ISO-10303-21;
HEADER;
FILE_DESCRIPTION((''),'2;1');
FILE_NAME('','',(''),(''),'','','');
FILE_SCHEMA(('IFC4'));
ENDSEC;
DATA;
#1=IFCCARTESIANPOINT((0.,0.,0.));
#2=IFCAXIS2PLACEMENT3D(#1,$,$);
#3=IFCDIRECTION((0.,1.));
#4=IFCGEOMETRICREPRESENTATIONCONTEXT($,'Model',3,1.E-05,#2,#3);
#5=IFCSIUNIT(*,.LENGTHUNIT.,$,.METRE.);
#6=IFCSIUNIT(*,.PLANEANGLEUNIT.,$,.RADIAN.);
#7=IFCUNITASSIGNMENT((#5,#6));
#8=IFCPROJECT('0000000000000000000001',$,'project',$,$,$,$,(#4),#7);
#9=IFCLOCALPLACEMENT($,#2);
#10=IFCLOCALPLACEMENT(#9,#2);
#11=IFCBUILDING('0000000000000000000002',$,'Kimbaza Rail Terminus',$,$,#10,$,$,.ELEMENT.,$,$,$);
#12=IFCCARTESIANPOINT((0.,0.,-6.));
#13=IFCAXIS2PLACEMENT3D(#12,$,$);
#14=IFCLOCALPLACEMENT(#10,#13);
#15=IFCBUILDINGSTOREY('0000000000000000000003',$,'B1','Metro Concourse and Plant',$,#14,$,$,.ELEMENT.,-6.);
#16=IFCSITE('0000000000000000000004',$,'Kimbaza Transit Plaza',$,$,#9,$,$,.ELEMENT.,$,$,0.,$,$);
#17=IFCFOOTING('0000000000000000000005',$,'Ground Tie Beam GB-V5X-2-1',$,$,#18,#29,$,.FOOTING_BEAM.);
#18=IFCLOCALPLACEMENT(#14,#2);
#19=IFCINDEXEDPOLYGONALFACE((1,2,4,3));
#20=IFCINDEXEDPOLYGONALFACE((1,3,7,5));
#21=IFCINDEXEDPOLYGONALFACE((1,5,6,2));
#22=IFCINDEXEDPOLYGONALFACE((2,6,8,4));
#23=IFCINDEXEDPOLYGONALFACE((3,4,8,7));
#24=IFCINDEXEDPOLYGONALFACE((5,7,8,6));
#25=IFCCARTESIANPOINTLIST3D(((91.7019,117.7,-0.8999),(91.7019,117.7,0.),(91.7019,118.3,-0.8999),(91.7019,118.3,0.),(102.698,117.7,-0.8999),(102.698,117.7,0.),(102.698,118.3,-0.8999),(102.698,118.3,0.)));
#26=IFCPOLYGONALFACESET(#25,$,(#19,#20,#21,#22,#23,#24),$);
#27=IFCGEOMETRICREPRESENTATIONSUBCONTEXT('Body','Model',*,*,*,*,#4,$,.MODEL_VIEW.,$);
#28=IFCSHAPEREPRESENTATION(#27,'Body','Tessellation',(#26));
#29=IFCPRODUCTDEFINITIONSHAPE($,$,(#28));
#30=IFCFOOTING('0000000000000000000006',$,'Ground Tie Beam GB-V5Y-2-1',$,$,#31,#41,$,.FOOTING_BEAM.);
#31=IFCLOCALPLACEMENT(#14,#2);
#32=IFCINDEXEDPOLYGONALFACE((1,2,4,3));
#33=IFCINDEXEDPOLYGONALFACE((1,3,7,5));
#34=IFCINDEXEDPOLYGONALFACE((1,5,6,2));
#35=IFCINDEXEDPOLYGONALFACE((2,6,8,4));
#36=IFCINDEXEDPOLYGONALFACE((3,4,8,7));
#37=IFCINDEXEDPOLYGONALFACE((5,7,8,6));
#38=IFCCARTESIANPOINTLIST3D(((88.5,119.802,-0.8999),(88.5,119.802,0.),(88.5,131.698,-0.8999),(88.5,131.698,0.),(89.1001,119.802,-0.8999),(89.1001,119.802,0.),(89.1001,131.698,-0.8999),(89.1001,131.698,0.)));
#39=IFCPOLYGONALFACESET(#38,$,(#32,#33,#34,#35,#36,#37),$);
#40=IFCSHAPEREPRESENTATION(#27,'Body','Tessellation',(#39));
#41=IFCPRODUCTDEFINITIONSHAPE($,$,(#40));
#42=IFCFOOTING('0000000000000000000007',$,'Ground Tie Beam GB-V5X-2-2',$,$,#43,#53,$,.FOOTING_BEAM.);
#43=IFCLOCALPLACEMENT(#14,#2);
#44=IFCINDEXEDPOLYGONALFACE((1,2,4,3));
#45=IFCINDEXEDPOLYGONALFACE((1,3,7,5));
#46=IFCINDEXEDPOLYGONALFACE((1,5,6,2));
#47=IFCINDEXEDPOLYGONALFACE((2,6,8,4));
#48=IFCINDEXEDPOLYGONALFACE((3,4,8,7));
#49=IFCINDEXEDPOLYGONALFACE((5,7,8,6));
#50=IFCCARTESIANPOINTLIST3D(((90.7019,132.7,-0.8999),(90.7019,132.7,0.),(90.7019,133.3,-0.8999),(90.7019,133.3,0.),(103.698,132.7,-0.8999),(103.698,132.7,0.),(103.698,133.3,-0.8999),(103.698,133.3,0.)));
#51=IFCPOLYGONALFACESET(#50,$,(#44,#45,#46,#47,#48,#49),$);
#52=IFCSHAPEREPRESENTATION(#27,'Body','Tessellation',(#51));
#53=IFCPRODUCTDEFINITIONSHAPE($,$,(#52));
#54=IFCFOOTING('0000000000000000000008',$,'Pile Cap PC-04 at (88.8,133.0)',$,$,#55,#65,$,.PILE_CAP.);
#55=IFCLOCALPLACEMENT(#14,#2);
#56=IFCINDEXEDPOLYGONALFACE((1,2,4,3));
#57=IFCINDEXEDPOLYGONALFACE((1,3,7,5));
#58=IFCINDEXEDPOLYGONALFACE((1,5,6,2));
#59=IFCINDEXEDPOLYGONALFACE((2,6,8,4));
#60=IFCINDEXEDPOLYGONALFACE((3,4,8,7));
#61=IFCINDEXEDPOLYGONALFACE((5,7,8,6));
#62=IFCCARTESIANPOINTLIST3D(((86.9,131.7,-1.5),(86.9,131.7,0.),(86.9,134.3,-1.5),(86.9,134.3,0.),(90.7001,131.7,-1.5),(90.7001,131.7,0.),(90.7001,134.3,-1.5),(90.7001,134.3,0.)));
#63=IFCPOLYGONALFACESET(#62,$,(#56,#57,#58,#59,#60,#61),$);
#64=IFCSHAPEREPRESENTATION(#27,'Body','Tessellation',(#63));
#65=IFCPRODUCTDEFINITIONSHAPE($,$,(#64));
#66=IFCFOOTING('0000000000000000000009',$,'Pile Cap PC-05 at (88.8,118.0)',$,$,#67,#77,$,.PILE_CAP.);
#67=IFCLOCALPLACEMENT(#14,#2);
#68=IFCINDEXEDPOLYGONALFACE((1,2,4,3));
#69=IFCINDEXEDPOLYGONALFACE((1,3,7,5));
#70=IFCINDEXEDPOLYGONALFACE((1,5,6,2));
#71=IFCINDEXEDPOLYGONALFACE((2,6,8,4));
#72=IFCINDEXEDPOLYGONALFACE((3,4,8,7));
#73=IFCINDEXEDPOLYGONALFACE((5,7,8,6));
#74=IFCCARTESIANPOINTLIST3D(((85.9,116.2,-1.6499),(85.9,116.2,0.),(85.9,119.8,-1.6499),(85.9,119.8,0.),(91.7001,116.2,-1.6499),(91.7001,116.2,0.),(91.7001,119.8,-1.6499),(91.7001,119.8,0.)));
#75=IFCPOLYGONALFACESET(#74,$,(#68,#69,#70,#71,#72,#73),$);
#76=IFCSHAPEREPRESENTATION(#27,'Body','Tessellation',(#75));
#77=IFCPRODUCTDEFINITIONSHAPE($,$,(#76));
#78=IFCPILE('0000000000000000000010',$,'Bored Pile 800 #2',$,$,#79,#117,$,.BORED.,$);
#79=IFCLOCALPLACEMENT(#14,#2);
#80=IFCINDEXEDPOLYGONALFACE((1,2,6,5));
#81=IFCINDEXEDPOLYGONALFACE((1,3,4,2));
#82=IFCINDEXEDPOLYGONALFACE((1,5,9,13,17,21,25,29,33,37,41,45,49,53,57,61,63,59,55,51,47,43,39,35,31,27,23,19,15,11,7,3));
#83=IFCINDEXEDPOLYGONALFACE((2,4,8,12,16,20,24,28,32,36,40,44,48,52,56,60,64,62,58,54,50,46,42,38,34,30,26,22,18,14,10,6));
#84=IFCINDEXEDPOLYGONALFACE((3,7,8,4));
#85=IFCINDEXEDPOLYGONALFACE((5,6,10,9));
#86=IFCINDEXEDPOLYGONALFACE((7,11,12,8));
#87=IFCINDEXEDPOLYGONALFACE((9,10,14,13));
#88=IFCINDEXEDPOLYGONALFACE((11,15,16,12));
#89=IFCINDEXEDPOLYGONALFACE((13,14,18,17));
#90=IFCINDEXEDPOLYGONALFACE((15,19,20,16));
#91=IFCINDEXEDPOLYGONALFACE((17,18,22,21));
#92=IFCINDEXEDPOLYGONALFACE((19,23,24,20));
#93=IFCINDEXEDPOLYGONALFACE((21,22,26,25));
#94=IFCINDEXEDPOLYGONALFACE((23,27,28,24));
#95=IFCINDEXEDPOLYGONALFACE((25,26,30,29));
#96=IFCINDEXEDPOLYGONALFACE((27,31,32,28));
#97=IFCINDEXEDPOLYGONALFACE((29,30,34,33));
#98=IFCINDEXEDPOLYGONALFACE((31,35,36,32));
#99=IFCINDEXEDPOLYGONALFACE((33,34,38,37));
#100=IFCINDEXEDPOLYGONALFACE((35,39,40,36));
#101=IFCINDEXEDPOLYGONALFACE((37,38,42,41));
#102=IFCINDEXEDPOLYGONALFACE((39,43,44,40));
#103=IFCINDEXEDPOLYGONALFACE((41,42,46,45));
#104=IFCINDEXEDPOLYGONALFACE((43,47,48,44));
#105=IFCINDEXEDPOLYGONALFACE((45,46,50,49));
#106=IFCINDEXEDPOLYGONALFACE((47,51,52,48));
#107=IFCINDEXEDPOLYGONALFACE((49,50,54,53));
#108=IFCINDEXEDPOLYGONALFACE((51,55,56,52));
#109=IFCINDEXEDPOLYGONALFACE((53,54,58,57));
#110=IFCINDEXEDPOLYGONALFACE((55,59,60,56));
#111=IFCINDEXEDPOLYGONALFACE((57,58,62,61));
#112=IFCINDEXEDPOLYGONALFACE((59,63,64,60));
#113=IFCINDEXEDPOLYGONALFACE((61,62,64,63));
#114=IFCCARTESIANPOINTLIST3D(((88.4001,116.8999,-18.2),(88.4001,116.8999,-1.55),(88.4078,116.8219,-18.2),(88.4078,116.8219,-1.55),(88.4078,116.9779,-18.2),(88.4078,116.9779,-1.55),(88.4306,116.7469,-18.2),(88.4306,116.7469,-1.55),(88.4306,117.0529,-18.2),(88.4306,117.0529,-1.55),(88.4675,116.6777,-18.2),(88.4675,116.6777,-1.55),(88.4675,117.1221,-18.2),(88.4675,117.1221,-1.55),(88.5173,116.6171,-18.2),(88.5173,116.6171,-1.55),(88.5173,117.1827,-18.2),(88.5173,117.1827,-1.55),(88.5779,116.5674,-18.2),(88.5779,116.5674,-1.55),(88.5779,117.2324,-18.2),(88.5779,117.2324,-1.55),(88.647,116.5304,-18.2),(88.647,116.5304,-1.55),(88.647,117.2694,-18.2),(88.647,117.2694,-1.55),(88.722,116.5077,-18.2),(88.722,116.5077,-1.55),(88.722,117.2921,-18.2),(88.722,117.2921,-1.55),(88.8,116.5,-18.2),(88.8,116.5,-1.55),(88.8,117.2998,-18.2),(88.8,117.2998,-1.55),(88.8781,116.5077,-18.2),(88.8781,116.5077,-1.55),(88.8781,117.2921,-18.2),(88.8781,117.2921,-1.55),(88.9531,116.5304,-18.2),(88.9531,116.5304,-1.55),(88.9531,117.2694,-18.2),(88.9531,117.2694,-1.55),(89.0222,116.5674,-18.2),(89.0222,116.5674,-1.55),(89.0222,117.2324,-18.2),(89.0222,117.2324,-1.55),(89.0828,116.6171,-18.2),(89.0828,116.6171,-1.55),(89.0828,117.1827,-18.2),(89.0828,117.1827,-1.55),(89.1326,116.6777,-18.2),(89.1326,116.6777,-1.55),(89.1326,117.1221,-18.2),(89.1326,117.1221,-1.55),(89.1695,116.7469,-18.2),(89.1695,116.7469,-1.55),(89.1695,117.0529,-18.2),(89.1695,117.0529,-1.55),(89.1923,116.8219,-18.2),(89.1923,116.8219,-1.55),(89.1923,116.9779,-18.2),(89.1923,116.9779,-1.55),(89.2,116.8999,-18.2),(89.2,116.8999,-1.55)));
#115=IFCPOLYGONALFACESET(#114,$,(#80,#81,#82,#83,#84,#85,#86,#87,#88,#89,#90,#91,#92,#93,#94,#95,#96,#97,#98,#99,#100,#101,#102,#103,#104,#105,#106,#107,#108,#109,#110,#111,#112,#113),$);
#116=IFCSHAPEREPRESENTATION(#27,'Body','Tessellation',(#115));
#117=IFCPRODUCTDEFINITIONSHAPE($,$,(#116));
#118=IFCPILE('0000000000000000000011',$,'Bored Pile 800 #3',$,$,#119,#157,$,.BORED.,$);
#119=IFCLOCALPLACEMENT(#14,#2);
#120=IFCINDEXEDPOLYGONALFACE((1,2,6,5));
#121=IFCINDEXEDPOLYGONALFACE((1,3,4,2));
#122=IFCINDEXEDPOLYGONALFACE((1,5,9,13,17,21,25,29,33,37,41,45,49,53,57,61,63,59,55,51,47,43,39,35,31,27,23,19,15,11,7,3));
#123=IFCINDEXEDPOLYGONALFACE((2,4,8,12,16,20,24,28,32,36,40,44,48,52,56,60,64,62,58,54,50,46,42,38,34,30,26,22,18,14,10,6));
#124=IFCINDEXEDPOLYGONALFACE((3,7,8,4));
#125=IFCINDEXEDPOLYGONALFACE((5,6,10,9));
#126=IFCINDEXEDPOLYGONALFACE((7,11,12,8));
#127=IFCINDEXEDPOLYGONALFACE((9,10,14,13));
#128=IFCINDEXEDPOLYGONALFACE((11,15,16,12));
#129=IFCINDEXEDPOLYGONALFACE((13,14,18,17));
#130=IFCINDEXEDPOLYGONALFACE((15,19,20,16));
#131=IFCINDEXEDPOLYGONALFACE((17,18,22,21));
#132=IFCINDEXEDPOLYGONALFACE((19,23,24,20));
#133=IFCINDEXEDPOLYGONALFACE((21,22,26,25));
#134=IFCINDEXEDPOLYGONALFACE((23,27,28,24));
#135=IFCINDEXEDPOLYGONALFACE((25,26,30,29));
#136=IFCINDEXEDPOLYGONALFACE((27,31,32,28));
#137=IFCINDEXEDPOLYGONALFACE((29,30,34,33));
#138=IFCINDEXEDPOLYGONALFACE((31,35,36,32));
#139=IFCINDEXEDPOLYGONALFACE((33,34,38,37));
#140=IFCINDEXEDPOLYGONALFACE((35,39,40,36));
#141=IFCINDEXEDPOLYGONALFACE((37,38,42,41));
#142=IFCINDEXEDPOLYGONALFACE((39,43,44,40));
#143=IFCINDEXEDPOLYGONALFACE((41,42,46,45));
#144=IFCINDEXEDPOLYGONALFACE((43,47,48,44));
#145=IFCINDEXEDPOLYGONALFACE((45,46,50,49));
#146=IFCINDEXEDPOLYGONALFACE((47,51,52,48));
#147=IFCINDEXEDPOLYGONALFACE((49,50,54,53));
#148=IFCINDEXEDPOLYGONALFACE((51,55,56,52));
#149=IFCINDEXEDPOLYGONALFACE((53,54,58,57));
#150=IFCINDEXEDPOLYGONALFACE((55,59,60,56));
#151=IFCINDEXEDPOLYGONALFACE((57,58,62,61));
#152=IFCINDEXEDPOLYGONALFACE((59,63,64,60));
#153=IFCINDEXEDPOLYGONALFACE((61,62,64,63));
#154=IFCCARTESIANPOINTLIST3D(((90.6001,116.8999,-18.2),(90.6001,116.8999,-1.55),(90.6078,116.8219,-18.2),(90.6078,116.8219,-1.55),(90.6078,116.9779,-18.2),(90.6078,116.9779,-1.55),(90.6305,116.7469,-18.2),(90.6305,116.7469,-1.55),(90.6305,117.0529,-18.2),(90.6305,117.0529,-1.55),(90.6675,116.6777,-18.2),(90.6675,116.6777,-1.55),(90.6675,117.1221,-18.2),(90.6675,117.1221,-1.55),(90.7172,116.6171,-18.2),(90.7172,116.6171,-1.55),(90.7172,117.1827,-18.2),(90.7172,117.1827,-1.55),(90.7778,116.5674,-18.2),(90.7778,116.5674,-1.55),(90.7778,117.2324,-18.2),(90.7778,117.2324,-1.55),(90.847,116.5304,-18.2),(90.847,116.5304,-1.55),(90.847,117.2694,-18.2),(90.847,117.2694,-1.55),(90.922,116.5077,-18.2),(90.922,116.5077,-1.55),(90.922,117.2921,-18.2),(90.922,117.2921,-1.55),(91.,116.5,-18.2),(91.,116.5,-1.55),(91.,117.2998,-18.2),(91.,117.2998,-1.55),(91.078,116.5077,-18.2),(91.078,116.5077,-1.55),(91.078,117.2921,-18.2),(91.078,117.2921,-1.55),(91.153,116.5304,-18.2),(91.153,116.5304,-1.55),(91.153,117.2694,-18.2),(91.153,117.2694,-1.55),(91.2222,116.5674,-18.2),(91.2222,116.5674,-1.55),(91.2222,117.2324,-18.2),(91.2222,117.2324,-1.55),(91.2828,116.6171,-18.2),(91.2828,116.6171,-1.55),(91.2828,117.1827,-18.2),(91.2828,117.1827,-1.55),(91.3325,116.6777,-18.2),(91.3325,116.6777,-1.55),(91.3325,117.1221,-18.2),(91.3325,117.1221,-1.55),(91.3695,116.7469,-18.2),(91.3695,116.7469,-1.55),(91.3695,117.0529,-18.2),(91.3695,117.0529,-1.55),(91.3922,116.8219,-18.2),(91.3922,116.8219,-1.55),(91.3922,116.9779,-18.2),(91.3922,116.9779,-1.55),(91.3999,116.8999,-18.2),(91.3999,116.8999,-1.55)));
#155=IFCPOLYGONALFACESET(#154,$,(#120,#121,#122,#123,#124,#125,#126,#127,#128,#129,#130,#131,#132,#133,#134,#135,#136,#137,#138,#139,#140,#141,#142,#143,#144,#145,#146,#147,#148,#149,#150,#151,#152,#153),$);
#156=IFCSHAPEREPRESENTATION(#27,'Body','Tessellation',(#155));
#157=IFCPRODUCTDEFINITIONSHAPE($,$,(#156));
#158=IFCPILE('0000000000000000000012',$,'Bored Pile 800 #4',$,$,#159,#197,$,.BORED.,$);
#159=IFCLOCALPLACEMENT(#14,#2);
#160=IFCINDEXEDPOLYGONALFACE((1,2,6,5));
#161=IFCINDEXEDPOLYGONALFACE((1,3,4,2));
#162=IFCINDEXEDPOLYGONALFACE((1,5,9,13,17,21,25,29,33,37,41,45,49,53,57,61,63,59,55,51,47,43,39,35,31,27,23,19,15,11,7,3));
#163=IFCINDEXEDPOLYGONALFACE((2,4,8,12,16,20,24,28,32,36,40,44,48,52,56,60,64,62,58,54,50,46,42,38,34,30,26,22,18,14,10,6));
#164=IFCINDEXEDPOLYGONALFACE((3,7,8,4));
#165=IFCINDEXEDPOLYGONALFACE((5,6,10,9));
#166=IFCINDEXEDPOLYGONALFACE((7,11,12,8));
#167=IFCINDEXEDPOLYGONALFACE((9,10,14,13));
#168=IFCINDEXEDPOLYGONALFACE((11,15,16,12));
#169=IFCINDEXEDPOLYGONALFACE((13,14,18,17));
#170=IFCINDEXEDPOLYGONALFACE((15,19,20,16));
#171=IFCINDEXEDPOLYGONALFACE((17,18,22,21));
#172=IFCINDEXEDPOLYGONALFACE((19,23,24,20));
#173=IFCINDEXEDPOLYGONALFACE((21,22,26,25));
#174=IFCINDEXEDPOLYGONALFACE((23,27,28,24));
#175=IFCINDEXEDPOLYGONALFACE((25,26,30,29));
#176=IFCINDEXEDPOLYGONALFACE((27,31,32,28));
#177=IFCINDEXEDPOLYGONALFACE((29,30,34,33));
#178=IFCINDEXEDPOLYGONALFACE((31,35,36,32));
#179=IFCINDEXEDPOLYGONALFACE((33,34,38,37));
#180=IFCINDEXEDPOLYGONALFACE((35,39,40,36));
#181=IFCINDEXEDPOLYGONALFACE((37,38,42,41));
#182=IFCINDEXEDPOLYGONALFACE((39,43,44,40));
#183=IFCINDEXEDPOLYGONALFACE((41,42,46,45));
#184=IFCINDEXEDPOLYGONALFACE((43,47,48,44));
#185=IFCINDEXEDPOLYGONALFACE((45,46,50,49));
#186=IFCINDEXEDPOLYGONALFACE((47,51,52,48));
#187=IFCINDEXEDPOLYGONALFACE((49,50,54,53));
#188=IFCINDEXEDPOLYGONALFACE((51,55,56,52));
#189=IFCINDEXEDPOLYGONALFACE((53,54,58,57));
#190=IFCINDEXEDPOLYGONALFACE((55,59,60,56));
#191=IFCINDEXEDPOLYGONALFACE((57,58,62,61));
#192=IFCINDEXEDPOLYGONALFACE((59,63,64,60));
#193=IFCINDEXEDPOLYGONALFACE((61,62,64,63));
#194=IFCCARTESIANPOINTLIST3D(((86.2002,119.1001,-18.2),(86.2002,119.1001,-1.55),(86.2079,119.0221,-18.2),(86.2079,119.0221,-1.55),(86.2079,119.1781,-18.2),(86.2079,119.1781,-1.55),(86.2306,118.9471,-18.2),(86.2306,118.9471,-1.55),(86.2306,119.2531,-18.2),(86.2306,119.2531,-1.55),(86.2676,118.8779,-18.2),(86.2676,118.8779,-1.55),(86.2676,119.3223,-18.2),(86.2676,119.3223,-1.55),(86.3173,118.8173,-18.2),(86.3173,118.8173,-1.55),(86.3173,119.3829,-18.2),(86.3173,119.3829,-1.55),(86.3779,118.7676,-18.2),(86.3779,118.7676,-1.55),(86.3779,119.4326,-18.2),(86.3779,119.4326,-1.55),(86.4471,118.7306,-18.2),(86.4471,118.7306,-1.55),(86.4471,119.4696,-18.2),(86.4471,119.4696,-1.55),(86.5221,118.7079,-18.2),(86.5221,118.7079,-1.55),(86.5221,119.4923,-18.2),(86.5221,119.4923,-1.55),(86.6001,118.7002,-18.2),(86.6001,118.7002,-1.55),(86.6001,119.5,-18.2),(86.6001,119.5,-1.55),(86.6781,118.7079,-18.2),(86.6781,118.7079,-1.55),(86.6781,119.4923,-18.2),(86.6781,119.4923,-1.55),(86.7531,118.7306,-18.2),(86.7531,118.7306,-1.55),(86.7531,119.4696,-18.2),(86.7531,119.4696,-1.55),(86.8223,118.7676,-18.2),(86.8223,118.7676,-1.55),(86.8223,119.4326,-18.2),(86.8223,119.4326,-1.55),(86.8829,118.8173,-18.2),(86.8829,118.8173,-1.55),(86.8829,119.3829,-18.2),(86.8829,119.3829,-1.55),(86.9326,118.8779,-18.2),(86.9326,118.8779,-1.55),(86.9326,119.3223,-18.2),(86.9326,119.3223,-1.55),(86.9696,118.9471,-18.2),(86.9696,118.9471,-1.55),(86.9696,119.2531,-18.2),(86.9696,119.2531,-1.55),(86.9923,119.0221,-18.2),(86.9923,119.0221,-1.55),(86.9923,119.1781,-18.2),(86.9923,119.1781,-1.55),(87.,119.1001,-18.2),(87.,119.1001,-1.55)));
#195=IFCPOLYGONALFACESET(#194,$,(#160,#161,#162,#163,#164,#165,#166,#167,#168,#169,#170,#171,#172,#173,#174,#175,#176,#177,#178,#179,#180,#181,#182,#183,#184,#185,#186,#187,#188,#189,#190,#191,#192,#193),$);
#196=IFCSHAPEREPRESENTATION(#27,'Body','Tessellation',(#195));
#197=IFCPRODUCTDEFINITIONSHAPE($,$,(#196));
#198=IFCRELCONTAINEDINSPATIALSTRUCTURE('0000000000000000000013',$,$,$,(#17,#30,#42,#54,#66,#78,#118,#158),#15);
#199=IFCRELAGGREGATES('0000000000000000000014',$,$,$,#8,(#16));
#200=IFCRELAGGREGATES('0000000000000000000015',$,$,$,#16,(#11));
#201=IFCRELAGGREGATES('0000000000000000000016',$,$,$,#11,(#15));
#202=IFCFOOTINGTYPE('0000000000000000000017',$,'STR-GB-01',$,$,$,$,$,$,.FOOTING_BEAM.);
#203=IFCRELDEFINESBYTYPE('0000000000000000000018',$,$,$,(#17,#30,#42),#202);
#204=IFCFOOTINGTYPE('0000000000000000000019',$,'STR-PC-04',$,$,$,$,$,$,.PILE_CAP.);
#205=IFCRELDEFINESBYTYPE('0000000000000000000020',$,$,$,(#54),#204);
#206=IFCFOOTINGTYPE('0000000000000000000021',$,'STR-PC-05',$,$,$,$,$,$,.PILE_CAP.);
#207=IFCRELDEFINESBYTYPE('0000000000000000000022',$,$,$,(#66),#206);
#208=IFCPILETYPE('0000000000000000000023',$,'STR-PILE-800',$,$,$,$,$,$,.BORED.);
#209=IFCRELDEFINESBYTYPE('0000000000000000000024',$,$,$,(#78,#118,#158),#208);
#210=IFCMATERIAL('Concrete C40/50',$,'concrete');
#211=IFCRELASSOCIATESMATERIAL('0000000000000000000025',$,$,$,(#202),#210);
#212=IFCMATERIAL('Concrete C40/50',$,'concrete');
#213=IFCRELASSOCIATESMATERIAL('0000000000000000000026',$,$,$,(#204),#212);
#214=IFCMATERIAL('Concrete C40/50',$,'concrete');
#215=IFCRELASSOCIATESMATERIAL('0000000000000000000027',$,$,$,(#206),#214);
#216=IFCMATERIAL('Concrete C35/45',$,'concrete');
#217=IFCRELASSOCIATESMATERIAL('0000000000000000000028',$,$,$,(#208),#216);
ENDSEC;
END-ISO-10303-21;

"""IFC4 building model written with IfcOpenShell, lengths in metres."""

from ifc_helpers import new_model, si_unit, direction, frame, origin, origin_2d, place, context, subcontext, project, spatial, rectangle, circle, extrude, material, material_profile, profile_set, type_object, element, save


model = new_model("IFC4")

# Units and contexts
model_context = context("Model", 3, precision=1e-05, world=origin(), true_north=direction((0.0, 1.0)))
body_context = subcontext(model_context, "Body", "Model", "MODEL_VIEW")
ifc_project = project(units=[si_unit("LENGTHUNIT", "METRE"), si_unit("PLANEANGLEUNIT", "RADIAN")], contexts=[model_context])

# Site, building, storey
site_placement = place(None, origin())
site = spatial("IfcSite", under=ifc_project, at=site_placement, Name="Kimbaza Transit Plaza", CompositionType="ELEMENT", RefElevation=0.0)
building_placement = place(site_placement, origin())
building = spatial("IfcBuilding", under=site, at=building_placement, Name="Kimbaza Rail Terminus", CompositionType="ELEMENT")
storey_placement = place(building_placement, frame((0.0, 0.0, -6.0)))
storey = spatial("IfcBuildingStorey", under=building, at=storey_placement, Name="B1", Description="Metro Concourse and Plant", CompositionType="ELEMENT", Elevation=-6.0)

# Footings
ifc_material_1 = material(Name="Concrete C40/50", Category="concrete")
ifc_material_profile_1 = material_profile(ifc_material_1, rectangle(XDim=0.6001, YDim=0.8999, at=origin_2d()), Name="GB-01 600x900")
ifc_profile_set_1 = profile_set([ifc_material_profile_1], Name="Concrete C40/50")
footing_type_1 = type_object("IfcFootingType", Name="STR-GB-01", PredefinedType="FOOTING_BEAM", material=ifc_profile_set_1)
footing_1_placement = place(storey_placement, frame((91.7019, 118.0, -0.45), z_axis=(1.0, 0.0, 0.0), x_axis=(0.0, 1.0, 0.0)))
element("IfcFooting", 1, at=footing_1_placement, inside=storey, type_object=footing_type_1, Name="Ground Tie Beam GB-V5X-2-1", PredefinedType="FOOTING_BEAM", context=body_context, shape_type="SweptSolid", body=[
    extrude(rectangle(XDim=0.6001, YDim=0.8999, at=origin_2d()), origin(), (0.0, 0.0, 1.0), 10.9961),
])
footing_2_placement = place(storey_placement, frame((88.8, 119.802, -0.45), z_axis=(0.0, 1.0, 0.0), x_axis=(-1.0, 0.0, 0.0)))
element("IfcFooting", 2, at=footing_2_placement, inside=storey, type_object=footing_type_1, Name="Ground Tie Beam GB-V5Y-2-1", PredefinedType="FOOTING_BEAM", context=body_context, shape_type="SweptSolid", body=[
    extrude(rectangle(XDim=0.6001, YDim=0.8999, at=origin_2d()), origin(), (0.0, 0.0, 1.0), 11.896),
])
footing_3_placement = place(storey_placement, frame((90.7019, 133.0, -0.45), z_axis=(1.0, 0.0, 0.0), x_axis=(0.0, 1.0, 0.0)))
element("IfcFooting", 3, at=footing_3_placement, inside=storey, type_object=footing_type_1, Name="Ground Tie Beam GB-V5X-2-2", PredefinedType="FOOTING_BEAM", context=body_context, shape_type="SweptSolid", body=[
    extrude(rectangle(XDim=0.6001, YDim=0.8999, at=origin_2d()), origin(), (0.0, 0.0, 1.0), 12.9961),
])
ifc_material_2 = material(Name="Concrete C40/50", Category="concrete")
footing_type_2 = type_object("IfcFootingType", Name="STR-PC-04", PredefinedType="PILE_CAP", material=ifc_material_2)
footing_4_placement = place(storey_placement, frame((88.8, 133.0, -1.5), z_axis=(0.0, 0.0, 1.0), x_axis=(1.0, 0.0, 0.0)))
element("IfcFooting", 4, at=footing_4_placement, inside=storey, type_object=footing_type_2, Name="Pile Cap PC-04 at (88.8,133.0)", PredefinedType="PILE_CAP", context=body_context, shape_type="SweptSolid", body=[
    extrude(rectangle(XDim=3.8, YDim=2.6001, at=origin_2d()), origin(), (0.0, 0.0, 1.0), 1.5),
])
ifc_material_3 = material(Name="Concrete C40/50", Category="concrete")
footing_type_3 = type_object("IfcFootingType", Name="STR-PC-05", PredefinedType="PILE_CAP", material=ifc_material_3)
footing_5_placement = place(storey_placement, frame((88.8, 118.0, -1.6499), z_axis=(0.0, 0.0, 1.0), x_axis=(1.0, 0.0, 0.0)))
element("IfcFooting", 5, at=footing_5_placement, inside=storey, type_object=footing_type_3, Name="Pile Cap PC-05 at (88.8,118.0)", PredefinedType="PILE_CAP", context=body_context, shape_type="SweptSolid", body=[
    extrude(rectangle(XDim=5.8, YDim=3.6001, at=origin_2d()), origin(), (0.0, 0.0, 1.0), 1.6499),
])

# Piles
ifc_material_4 = material(Name="Concrete C35/45", Category="concrete")
ifc_material_profile_2 = material_profile(ifc_material_4, circle(Radius=0.3999, at=origin_2d()), Name="BORED PILE 800")
ifc_profile_set_2 = profile_set([ifc_material_profile_2], Name="Concrete C35/45")
pile_type = type_object("IfcPileType", Name="STR-PILE-800", PredefinedType="BORED", material=ifc_profile_set_2)
for number, where, z_axis, x_axis, name in (
    (6, (88.8, 116.8999, -1.55), (0.0, 0.0, -1.0), (1.0, 0.0, 0.0), "Bored Pile 800 #2"),
    (7, (91.0, 116.8999, -1.55), (0.0, 0.0, -1.0), (1.0, 0.0, 0.0), "Bored Pile 800 #3"),
    (8, (86.6001, 119.1001, -1.55), (0.0, 0.0, -1.0), (1.0, 0.0, 0.0), "Bored Pile 800 #4"),
):
    element("IfcPile", number, at=place(storey_placement, frame(where, z_axis=z_axis, x_axis=x_axis)), inside=storey, type_object=pile_type, Name=name, PredefinedType="BORED", context=body_context, shape_type="SweptSolid", body=[
        extrude(circle(Radius=0.3999, at=origin_2d()), origin(), (0.0, 0.0, 1.0), 16.6499),
    ])

save(model, "model.ifc")
